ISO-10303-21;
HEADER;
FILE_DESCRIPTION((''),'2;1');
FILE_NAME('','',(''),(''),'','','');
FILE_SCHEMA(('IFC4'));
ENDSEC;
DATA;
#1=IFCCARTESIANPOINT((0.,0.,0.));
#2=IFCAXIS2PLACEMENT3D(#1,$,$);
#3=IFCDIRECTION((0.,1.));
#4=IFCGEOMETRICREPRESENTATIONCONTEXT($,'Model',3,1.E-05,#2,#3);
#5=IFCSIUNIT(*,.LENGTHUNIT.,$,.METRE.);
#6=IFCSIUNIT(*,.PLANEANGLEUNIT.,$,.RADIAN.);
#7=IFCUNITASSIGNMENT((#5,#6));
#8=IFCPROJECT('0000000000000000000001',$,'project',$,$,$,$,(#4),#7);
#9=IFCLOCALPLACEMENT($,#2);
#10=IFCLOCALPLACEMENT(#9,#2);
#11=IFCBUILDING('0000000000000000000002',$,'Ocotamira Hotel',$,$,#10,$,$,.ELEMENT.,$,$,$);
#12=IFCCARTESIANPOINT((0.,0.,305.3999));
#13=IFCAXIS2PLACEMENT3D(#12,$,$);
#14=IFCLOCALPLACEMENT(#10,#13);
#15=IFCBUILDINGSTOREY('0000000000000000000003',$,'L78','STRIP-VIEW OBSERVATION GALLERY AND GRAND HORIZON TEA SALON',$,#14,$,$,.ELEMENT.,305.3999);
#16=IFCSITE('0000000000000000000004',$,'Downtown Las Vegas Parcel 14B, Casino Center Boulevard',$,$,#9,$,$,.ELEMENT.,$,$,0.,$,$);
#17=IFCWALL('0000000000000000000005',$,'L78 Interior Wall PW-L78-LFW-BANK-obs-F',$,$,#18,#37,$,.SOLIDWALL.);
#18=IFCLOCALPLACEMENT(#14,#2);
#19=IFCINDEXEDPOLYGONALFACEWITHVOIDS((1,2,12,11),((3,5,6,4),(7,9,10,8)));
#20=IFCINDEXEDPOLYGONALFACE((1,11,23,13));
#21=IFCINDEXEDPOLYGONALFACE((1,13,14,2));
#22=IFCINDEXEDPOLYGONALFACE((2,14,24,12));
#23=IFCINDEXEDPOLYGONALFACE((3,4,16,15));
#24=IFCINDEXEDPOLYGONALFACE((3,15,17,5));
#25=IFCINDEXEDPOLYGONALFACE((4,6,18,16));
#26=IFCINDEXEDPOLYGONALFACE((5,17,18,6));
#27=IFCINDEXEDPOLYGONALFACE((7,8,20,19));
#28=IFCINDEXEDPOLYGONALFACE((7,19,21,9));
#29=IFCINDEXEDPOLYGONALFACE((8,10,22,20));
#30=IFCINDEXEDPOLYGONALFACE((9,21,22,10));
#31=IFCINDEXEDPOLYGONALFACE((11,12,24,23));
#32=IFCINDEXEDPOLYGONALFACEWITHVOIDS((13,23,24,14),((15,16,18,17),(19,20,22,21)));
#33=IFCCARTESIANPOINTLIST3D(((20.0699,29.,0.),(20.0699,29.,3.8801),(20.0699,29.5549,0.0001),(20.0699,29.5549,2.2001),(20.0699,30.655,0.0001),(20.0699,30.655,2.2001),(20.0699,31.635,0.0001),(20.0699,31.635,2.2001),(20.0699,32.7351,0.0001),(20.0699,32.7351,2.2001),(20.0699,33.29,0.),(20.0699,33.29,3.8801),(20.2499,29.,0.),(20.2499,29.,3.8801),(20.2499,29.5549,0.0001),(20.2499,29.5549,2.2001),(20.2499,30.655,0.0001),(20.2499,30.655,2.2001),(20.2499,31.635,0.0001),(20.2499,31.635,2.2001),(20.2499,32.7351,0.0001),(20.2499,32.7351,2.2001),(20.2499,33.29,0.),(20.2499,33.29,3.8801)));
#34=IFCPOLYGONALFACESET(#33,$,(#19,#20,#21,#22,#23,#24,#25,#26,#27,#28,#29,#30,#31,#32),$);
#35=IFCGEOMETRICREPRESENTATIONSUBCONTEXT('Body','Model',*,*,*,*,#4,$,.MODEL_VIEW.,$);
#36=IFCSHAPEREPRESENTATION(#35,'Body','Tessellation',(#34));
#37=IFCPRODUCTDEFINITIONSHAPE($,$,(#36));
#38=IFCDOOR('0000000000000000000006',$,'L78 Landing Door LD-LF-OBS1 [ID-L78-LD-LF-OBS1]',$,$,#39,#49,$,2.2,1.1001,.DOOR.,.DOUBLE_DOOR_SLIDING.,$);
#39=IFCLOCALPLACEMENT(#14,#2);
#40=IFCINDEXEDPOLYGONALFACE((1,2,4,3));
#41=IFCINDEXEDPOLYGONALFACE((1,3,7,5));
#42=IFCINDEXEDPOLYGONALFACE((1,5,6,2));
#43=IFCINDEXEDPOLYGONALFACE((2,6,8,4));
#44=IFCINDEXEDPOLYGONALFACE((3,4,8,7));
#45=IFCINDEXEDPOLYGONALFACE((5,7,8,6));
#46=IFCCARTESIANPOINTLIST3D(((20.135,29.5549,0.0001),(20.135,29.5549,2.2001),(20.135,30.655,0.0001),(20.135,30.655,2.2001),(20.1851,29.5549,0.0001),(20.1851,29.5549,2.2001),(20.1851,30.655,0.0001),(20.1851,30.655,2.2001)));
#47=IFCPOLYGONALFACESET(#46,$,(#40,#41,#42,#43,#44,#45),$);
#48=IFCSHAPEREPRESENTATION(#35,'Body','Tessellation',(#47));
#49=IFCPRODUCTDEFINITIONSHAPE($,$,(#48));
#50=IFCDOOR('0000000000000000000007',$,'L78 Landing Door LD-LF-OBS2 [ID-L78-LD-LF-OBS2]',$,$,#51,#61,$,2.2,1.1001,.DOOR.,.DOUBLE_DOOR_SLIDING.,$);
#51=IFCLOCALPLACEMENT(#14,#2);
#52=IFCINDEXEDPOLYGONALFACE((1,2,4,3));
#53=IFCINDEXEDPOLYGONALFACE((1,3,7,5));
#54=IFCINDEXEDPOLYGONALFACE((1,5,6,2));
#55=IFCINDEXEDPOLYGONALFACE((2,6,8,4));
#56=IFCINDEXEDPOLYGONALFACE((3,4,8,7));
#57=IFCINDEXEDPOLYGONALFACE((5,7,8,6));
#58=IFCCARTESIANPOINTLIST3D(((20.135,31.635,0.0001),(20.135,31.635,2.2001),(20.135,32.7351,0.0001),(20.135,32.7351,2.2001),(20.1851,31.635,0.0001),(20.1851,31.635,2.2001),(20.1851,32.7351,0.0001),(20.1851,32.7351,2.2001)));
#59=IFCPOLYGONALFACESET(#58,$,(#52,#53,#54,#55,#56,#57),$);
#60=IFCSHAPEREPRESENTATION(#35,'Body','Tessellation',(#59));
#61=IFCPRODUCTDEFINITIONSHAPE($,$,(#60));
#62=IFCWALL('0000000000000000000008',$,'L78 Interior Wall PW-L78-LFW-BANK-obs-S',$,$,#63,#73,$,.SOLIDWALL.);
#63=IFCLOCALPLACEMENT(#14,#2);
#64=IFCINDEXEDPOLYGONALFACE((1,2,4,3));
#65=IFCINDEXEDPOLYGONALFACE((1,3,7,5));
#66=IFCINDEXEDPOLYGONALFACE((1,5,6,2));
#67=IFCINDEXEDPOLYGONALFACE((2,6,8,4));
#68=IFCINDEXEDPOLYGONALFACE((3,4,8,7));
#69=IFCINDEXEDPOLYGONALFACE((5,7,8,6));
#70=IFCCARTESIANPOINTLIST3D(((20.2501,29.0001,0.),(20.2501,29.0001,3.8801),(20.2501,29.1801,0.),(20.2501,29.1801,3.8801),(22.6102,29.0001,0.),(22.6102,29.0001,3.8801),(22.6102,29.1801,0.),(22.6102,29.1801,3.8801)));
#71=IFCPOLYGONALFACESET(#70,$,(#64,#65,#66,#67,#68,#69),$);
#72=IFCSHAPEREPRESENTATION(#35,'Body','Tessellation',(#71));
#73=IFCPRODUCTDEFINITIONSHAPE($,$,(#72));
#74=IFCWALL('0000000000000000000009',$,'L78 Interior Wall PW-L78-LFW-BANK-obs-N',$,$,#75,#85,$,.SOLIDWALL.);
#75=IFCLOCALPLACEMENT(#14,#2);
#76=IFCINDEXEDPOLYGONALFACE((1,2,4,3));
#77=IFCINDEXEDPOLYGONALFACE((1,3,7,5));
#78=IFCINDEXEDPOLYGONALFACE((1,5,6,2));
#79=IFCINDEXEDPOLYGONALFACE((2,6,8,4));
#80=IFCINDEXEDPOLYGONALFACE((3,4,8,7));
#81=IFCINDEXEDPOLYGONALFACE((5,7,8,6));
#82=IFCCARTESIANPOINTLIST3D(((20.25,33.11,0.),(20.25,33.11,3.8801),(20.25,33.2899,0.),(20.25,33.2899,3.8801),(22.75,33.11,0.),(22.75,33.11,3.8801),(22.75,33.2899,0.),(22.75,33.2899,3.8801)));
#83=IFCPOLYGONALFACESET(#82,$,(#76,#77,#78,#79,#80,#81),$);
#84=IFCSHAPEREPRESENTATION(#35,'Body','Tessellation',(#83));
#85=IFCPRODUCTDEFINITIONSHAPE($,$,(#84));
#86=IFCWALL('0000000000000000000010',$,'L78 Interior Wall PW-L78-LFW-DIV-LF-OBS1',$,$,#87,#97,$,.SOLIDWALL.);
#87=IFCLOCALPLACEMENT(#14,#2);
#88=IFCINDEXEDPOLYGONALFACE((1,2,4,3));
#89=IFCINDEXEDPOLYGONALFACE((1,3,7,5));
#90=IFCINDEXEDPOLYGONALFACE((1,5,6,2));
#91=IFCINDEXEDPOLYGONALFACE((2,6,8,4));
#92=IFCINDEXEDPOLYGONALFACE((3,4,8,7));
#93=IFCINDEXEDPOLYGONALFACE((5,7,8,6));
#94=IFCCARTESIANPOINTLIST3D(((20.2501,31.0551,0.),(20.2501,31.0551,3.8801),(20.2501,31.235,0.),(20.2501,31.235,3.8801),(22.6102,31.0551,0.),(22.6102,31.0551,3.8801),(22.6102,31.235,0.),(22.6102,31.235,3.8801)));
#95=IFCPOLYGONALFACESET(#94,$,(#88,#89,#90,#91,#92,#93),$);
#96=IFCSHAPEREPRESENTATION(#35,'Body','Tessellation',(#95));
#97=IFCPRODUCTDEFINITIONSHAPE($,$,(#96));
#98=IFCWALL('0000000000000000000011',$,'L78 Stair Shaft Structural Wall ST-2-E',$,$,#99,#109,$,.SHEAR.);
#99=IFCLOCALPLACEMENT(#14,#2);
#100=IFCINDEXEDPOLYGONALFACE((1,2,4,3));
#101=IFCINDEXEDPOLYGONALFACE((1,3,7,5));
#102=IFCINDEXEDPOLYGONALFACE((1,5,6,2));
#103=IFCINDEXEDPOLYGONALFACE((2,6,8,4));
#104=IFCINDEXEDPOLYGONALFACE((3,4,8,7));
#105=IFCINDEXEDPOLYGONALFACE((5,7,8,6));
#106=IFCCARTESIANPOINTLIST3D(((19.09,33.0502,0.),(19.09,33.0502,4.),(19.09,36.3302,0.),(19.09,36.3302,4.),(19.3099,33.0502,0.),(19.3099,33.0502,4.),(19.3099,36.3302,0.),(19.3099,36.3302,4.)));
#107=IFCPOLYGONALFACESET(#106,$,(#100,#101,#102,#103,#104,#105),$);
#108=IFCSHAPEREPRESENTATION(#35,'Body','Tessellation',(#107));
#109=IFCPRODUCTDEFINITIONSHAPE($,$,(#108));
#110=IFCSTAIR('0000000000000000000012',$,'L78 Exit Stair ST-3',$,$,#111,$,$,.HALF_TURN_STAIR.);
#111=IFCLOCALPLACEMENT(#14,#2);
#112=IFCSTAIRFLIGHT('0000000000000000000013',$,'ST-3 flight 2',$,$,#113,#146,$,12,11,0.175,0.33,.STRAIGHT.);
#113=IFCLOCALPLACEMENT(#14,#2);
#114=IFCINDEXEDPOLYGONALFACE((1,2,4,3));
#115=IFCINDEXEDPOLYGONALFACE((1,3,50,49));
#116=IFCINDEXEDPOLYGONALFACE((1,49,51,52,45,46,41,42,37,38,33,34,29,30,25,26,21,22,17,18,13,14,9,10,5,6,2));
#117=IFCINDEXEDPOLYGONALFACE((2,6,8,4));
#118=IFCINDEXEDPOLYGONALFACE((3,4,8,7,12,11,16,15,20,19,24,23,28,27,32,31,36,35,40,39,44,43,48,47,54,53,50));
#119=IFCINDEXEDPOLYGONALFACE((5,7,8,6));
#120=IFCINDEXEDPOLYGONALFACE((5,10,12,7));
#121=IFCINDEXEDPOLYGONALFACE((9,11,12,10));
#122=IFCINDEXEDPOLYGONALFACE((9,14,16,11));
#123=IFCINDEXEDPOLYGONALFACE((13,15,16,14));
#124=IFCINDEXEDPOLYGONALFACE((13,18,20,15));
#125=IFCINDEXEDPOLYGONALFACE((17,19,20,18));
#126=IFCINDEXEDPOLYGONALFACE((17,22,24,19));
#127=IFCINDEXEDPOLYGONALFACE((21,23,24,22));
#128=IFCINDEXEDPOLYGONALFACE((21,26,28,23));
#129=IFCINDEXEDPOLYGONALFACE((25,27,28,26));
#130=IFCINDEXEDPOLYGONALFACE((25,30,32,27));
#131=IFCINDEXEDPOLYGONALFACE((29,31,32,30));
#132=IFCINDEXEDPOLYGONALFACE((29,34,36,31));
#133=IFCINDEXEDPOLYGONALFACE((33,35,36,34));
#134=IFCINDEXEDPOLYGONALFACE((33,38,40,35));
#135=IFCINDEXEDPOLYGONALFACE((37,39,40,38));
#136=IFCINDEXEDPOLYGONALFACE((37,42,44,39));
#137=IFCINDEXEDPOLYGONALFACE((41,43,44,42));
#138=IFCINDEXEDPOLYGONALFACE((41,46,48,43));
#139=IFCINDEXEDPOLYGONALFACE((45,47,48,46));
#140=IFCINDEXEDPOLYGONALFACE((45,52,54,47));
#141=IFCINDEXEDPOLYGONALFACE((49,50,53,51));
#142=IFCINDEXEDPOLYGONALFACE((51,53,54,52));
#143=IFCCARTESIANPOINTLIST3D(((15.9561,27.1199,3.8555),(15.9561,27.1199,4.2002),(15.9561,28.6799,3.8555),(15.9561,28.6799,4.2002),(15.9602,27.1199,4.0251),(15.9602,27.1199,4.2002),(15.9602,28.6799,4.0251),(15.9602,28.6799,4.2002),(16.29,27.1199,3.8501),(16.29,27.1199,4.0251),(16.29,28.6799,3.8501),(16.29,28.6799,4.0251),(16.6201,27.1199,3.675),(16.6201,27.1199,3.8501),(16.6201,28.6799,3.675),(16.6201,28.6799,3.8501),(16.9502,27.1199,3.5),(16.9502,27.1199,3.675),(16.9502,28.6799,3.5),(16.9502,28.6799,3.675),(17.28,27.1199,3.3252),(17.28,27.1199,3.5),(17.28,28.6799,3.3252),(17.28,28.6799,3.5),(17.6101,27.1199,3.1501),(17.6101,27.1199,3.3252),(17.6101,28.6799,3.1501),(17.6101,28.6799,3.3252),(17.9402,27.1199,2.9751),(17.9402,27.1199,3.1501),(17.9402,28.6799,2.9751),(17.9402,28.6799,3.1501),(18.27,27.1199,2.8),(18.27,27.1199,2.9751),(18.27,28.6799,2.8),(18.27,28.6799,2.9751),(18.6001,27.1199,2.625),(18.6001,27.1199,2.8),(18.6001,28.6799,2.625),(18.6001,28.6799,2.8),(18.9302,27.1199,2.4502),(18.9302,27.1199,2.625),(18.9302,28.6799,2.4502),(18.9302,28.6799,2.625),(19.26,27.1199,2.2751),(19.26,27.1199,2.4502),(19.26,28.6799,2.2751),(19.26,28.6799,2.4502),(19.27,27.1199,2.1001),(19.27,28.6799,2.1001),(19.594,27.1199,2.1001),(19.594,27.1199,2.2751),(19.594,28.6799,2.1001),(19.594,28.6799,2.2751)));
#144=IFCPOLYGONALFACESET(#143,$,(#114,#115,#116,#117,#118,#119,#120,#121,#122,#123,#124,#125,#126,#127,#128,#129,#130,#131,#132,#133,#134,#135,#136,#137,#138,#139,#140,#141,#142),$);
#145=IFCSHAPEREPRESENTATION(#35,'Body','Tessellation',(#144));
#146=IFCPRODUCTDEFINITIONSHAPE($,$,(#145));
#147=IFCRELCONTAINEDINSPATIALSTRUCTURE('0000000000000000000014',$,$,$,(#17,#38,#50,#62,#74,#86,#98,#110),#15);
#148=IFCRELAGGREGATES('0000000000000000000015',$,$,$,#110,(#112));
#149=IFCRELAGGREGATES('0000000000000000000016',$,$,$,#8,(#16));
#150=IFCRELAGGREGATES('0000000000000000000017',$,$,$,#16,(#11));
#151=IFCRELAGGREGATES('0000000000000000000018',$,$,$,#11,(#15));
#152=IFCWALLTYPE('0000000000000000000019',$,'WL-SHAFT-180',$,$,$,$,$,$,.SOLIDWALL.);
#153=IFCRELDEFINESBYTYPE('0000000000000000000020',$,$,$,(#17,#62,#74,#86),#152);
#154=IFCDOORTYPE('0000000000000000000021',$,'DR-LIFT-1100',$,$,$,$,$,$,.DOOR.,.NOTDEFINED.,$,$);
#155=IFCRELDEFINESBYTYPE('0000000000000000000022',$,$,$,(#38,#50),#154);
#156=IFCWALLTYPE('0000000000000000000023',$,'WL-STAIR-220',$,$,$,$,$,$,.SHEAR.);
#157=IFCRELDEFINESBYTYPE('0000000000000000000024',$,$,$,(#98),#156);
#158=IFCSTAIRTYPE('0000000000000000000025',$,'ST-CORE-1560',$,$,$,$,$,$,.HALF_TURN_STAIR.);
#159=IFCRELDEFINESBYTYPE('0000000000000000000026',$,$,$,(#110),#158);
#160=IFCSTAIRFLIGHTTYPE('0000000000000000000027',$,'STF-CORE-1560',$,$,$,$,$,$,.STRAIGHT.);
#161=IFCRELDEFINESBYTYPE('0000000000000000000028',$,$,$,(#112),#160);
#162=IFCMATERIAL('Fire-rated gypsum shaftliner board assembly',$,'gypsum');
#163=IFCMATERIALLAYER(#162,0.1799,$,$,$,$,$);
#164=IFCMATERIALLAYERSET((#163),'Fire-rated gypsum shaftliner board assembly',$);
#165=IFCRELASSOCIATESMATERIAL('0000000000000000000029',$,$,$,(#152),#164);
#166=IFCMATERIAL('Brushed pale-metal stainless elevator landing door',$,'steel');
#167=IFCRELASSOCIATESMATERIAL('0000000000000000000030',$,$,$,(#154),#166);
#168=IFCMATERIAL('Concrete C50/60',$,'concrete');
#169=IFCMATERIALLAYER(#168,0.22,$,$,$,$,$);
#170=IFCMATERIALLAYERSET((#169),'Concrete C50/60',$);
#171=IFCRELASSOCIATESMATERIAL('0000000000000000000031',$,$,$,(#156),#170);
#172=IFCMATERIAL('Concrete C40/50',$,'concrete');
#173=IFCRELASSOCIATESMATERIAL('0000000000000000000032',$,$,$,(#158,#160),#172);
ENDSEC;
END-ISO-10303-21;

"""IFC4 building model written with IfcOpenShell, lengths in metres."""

from ifc_helpers import new_model, si_unit, direction, frame, frame_2d, origin, place, context, subcontext, project, spatial, polyline, rectangle, outline, extrude, source, transform, mapped, material, layer, layer_set, type_object, element, fill, aggregate, save


model = new_model("IFC4")

# Units and contexts
model_context = context("Model", 3, precision=1e-05, world=origin(), true_north=direction((0.0, 1.0)))
body_context = subcontext(model_context, "Body", "Model", "MODEL_VIEW")
ifc_project = project(units=[si_unit("LENGTHUNIT", "METRE"), si_unit("PLANEANGLEUNIT", "RADIAN")], contexts=[model_context])

# Site, building, storey
site_placement = place(None, origin())
site = spatial("IfcSite", under=ifc_project, at=site_placement, Name="Downtown Las Vegas Parcel 14B, Casino Center Boulevard", CompositionType="ELEMENT", RefElevation=0.0)
building_placement = place(site_placement, origin())
building = spatial("IfcBuilding", under=site, at=building_placement, Name="Ocotamira Hotel", CompositionType="ELEMENT")
storey_placement = place(building_placement, frame((0.0, 0.0, 305.3999)))
storey = spatial("IfcBuildingStorey", under=building, at=storey_placement, Name="L78", Description="STRIP-VIEW OBSERVATION GALLERY AND GRAND HORIZON TEA SALON", CompositionType="ELEMENT", Elevation=305.3999)

# Wall, openings, doors
ifc_material_1 = material(Name="Fire-rated gypsum shaftliner board assembly", Category="gypsum")
ifc_layer_1 = layer(ifc_material_1, 0.1799)
ifc_layer_set_1 = layer_set([ifc_layer_1], Name="Fire-rated gypsum shaftliner board assembly")
wall_type_1 = type_object("IfcWallType", Name="WL-SHAFT-180", PredefinedType="SOLIDWALL", material=ifc_layer_set_1)
wall_1_placement = place(storey_placement, frame((20.1599, 29.0, 0.0), z_axis=(0.0, 0.0, 1.0), x_axis=(0.0, 1.0, 0.0)))
wall_1 = element("IfcWall", 1, at=wall_1_placement, inside=storey, type_object=wall_type_1, Name="L78 Interior Wall PW-L78-LFW-BANK-obs-F", PredefinedType="SOLIDWALL", context=body_context, shape_type="SweptSolid", body=[
    extrude(rectangle(XDim=4.29, YDim=0.1799, at=frame_2d((2.145, 0.0))), origin(), (0.0, 0.0, 1.0), 3.8801),
])
opening_1_placement = place(wall_1_placement, frame((0.5549, 0.0, 0.0)))
opening_1 = element("IfcOpeningElement", 2, at=opening_1_placement, cuts=wall_1, PredefinedType="OPENING", context=body_context, shape_type="SweptSolid", body=[
    extrude(rectangle(XDim=1.1001, YDim=2.2, at=frame_2d((0.55, 1.1001))), frame((0.0, 0.1001, 0.0), z_axis=(0.0, -1.0, 0.0), x_axis=(1.0, 0.0, 0.0)), (0.0, 0.0, 1.0), 0.2),
])
opening_2_placement = place(wall_1_placement, frame((2.635, 0.0, 0.0)))
opening_2 = element("IfcOpeningElement", 3, at=opening_2_placement, cuts=wall_1, PredefinedType="OPENING", context=body_context, shape_type="SweptSolid", body=[
    extrude(rectangle(XDim=1.1001, YDim=2.2, at=frame_2d((0.55, 1.1001))), frame((0.0, 0.1001, 0.0), z_axis=(0.0, -1.0, 0.0), x_axis=(1.0, 0.0, 0.0)), (0.0, 0.0, 1.0), 0.2),
])
ifc_material_2 = material(Name="Brushed pale-metal stainless elevator landing door", Category="steel")
door_type_1 = type_object("IfcDoorType", Name="DR-LIFT-1100", OperationType="NOTDEFINED", PredefinedType="DOOR", material=ifc_material_2)
shared_shape_1 = source(origin(), body_context, "Body", "SweptSolid", [
    extrude(rectangle(XDim=1.1001, YDim=2.2, at=frame_2d((0.55, 1.1001))), frame((0.0, 0.0249, 0.0), z_axis=(0.0, -1.0, 0.0), x_axis=(1.0, 0.0, 0.0)), (0.0, 0.0, 1.0), 0.05),
])
door_1_placement = place(opening_1_placement, origin())
door_1 = element("IfcDoor", 4, at=door_1_placement, inside=storey, type_object=door_type_1, Name="L78 Landing Door LD-LF-OBS1 [ID-L78-LD-LF-OBS1]", OperationType="DOUBLE_DOOR_SLIDING", OverallHeight=2.2, OverallWidth=1.1001, PredefinedType="DOOR", context=body_context, shape_type="MappedRepresentation", body=[
    mapped(shared_shape_1, transform((0.0, 0.0, 0.0), scale=1.0)),
])
fill(opening_1, door_1)
door_2_placement = place(opening_2_placement, origin())
door_2 = element("IfcDoor", 5, at=door_2_placement, inside=storey, type_object=door_type_1, Name="L78 Landing Door LD-LF-OBS2 [ID-L78-LD-LF-OBS2]", OperationType="DOUBLE_DOOR_SLIDING", OverallHeight=2.2, OverallWidth=1.1001, PredefinedType="DOOR", context=body_context, shape_type="MappedRepresentation", body=[
    mapped(shared_shape_1, transform((0.0, 0.0, 0.0), scale=1.0)),
])
fill(opening_2, door_2)

# Walls
wall_2_placement = place(storey_placement, frame((20.25, 29.0901, 0.0), z_axis=(0.0, 0.0, 1.0), x_axis=(1.0, 0.0, 0.0)))
element("IfcWall", 6, at=wall_2_placement, inside=storey, type_object=wall_type_1, Name="L78 Interior Wall PW-L78-LFW-BANK-obs-S", PredefinedType="SOLIDWALL", context=body_context, shape_type="SweptSolid", body=[
    extrude(rectangle(XDim=2.3601, YDim=0.1799, at=frame_2d((1.1802, 0.0))), origin(), (0.0, 0.0, 1.0), 3.8801),
])
wall_3_placement = place(storey_placement, frame((20.25, 33.2, 0.0), z_axis=(0.0, 0.0, 1.0), x_axis=(1.0, 0.0, 0.0)))
element("IfcWall", 7, at=wall_3_placement, inside=storey, type_object=wall_type_1, Name="L78 Interior Wall PW-L78-LFW-BANK-obs-N", PredefinedType="SOLIDWALL", context=body_context, shape_type="SweptSolid", body=[
    extrude(rectangle(XDim=2.5, YDim=0.1799, at=frame_2d((1.25, 0.0))), origin(), (0.0, 0.0, 1.0), 3.8801),
])
wall_4_placement = place(storey_placement, frame((20.25, 31.145, 0.0), z_axis=(0.0, 0.0, 1.0), x_axis=(1.0, 0.0, 0.0)))
element("IfcWall", 8, at=wall_4_placement, inside=storey, type_object=wall_type_1, Name="L78 Interior Wall PW-L78-LFW-DIV-LF-OBS1", PredefinedType="SOLIDWALL", context=body_context, shape_type="SweptSolid", body=[
    extrude(rectangle(XDim=2.3601, YDim=0.1799, at=frame_2d((1.1802, 0.0))), origin(), (0.0, 0.0, 1.0), 3.8801),
])
ifc_material_3 = material(Name="Concrete C50/60", Category="concrete")
ifc_layer_2 = layer(ifc_material_3, 0.22)
ifc_layer_set_2 = layer_set([ifc_layer_2], Name="Concrete C50/60")
wall_type_2 = type_object("IfcWallType", Name="WL-STAIR-220", PredefinedType="SHEAR", material=ifc_layer_set_2)
wall_5_placement = place(storey_placement, frame((19.2, 33.05, 0.0), z_axis=(0.0, 0.0, 1.0), x_axis=(0.0, 1.0, 0.0)))
element("IfcWall", 9, at=wall_5_placement, inside=storey, type_object=wall_type_2, Name="L78 Stair Shaft Structural Wall ST-2-E", PredefinedType="SHEAR", context=body_context, shape_type="SweptSolid", body=[
    extrude(rectangle(XDim=3.28, YDim=0.22, at=frame_2d((1.6401, 0.0))), origin(), (0.0, 0.0, 1.0), 4.0),
])

# Stair, stair flight
ifc_material_4 = material(Name="Concrete C40/50", Category="concrete")
stair_type = type_object("IfcStairType", Name="ST-CORE-1560", PredefinedType="HALF_TURN_STAIR", material=ifc_material_4)
stair_placement = place(storey_placement, origin())
stair = element("IfcStair", 10, at=stair_placement, inside=storey, type_object=stair_type, Name="L78 Exit Stair ST-3", PredefinedType="HALF_TURN_STAIR")
stair_flight_type = type_object("IfcStairFlightType", Name="STF-CORE-1560", PredefinedType="STRAIGHT", material=ifc_material_4)
shared_shape_2 = source(origin(), body_context, "Body", "SweptSolid", [
    extrude(outline(polyline([(-0.0039, 0.0), (-0.0039, 0.175), (0.3301, 0.175), (0.3301, 0.3501), (0.6599, 0.3501), (0.6599, 0.5249), (0.99, 0.5249), (0.99, 0.7), (1.3201, 0.7), (1.3201, 0.875), (1.6499, 0.875), (1.6499, 1.05), (1.98, 1.05), (1.98, 1.2251), (2.3101, 1.2251), (2.3101, 1.3999), (2.6399, 1.3999), (2.6399, 1.575), (2.97, 1.575), (2.97, 1.75), (3.3, 1.75), (3.3, 1.925), (3.6299, 1.925), (3.6299, 2.1001), (3.634, 2.1001), (3.634, 1.7554), (0.3201, 0.0), (-0.0039, 0.0)])), frame((0.0, 0.78, 0.0), z_axis=(0.0, -1.0, 0.0), x_axis=(1.0, 0.0, 0.0)), (0.0, 0.0, 1.0), 1.5601),
])
stair_flight_placement = place(storey_placement, frame((19.5901, 27.8999, 2.1001), z_axis=(0.0, 0.0, 1.0), x_axis=(-1.0, 0.0, 0.0)))
stair_flight = element("IfcStairFlight", 11, at=stair_flight_placement, type_object=stair_flight_type, Name="ST-3 flight 2", NumberOfRisers=12, NumberOfTreads=11, PredefinedType="STRAIGHT", RiserHeight=0.175, TreadLength=0.33, context=body_context, shape_type="MappedRepresentation", body=[
    mapped(shared_shape_2, transform((0.0, 0.0, 0.0), scale=1.0)),
])
aggregate(stair, [stair_flight])

save(model, "model.ifc")
